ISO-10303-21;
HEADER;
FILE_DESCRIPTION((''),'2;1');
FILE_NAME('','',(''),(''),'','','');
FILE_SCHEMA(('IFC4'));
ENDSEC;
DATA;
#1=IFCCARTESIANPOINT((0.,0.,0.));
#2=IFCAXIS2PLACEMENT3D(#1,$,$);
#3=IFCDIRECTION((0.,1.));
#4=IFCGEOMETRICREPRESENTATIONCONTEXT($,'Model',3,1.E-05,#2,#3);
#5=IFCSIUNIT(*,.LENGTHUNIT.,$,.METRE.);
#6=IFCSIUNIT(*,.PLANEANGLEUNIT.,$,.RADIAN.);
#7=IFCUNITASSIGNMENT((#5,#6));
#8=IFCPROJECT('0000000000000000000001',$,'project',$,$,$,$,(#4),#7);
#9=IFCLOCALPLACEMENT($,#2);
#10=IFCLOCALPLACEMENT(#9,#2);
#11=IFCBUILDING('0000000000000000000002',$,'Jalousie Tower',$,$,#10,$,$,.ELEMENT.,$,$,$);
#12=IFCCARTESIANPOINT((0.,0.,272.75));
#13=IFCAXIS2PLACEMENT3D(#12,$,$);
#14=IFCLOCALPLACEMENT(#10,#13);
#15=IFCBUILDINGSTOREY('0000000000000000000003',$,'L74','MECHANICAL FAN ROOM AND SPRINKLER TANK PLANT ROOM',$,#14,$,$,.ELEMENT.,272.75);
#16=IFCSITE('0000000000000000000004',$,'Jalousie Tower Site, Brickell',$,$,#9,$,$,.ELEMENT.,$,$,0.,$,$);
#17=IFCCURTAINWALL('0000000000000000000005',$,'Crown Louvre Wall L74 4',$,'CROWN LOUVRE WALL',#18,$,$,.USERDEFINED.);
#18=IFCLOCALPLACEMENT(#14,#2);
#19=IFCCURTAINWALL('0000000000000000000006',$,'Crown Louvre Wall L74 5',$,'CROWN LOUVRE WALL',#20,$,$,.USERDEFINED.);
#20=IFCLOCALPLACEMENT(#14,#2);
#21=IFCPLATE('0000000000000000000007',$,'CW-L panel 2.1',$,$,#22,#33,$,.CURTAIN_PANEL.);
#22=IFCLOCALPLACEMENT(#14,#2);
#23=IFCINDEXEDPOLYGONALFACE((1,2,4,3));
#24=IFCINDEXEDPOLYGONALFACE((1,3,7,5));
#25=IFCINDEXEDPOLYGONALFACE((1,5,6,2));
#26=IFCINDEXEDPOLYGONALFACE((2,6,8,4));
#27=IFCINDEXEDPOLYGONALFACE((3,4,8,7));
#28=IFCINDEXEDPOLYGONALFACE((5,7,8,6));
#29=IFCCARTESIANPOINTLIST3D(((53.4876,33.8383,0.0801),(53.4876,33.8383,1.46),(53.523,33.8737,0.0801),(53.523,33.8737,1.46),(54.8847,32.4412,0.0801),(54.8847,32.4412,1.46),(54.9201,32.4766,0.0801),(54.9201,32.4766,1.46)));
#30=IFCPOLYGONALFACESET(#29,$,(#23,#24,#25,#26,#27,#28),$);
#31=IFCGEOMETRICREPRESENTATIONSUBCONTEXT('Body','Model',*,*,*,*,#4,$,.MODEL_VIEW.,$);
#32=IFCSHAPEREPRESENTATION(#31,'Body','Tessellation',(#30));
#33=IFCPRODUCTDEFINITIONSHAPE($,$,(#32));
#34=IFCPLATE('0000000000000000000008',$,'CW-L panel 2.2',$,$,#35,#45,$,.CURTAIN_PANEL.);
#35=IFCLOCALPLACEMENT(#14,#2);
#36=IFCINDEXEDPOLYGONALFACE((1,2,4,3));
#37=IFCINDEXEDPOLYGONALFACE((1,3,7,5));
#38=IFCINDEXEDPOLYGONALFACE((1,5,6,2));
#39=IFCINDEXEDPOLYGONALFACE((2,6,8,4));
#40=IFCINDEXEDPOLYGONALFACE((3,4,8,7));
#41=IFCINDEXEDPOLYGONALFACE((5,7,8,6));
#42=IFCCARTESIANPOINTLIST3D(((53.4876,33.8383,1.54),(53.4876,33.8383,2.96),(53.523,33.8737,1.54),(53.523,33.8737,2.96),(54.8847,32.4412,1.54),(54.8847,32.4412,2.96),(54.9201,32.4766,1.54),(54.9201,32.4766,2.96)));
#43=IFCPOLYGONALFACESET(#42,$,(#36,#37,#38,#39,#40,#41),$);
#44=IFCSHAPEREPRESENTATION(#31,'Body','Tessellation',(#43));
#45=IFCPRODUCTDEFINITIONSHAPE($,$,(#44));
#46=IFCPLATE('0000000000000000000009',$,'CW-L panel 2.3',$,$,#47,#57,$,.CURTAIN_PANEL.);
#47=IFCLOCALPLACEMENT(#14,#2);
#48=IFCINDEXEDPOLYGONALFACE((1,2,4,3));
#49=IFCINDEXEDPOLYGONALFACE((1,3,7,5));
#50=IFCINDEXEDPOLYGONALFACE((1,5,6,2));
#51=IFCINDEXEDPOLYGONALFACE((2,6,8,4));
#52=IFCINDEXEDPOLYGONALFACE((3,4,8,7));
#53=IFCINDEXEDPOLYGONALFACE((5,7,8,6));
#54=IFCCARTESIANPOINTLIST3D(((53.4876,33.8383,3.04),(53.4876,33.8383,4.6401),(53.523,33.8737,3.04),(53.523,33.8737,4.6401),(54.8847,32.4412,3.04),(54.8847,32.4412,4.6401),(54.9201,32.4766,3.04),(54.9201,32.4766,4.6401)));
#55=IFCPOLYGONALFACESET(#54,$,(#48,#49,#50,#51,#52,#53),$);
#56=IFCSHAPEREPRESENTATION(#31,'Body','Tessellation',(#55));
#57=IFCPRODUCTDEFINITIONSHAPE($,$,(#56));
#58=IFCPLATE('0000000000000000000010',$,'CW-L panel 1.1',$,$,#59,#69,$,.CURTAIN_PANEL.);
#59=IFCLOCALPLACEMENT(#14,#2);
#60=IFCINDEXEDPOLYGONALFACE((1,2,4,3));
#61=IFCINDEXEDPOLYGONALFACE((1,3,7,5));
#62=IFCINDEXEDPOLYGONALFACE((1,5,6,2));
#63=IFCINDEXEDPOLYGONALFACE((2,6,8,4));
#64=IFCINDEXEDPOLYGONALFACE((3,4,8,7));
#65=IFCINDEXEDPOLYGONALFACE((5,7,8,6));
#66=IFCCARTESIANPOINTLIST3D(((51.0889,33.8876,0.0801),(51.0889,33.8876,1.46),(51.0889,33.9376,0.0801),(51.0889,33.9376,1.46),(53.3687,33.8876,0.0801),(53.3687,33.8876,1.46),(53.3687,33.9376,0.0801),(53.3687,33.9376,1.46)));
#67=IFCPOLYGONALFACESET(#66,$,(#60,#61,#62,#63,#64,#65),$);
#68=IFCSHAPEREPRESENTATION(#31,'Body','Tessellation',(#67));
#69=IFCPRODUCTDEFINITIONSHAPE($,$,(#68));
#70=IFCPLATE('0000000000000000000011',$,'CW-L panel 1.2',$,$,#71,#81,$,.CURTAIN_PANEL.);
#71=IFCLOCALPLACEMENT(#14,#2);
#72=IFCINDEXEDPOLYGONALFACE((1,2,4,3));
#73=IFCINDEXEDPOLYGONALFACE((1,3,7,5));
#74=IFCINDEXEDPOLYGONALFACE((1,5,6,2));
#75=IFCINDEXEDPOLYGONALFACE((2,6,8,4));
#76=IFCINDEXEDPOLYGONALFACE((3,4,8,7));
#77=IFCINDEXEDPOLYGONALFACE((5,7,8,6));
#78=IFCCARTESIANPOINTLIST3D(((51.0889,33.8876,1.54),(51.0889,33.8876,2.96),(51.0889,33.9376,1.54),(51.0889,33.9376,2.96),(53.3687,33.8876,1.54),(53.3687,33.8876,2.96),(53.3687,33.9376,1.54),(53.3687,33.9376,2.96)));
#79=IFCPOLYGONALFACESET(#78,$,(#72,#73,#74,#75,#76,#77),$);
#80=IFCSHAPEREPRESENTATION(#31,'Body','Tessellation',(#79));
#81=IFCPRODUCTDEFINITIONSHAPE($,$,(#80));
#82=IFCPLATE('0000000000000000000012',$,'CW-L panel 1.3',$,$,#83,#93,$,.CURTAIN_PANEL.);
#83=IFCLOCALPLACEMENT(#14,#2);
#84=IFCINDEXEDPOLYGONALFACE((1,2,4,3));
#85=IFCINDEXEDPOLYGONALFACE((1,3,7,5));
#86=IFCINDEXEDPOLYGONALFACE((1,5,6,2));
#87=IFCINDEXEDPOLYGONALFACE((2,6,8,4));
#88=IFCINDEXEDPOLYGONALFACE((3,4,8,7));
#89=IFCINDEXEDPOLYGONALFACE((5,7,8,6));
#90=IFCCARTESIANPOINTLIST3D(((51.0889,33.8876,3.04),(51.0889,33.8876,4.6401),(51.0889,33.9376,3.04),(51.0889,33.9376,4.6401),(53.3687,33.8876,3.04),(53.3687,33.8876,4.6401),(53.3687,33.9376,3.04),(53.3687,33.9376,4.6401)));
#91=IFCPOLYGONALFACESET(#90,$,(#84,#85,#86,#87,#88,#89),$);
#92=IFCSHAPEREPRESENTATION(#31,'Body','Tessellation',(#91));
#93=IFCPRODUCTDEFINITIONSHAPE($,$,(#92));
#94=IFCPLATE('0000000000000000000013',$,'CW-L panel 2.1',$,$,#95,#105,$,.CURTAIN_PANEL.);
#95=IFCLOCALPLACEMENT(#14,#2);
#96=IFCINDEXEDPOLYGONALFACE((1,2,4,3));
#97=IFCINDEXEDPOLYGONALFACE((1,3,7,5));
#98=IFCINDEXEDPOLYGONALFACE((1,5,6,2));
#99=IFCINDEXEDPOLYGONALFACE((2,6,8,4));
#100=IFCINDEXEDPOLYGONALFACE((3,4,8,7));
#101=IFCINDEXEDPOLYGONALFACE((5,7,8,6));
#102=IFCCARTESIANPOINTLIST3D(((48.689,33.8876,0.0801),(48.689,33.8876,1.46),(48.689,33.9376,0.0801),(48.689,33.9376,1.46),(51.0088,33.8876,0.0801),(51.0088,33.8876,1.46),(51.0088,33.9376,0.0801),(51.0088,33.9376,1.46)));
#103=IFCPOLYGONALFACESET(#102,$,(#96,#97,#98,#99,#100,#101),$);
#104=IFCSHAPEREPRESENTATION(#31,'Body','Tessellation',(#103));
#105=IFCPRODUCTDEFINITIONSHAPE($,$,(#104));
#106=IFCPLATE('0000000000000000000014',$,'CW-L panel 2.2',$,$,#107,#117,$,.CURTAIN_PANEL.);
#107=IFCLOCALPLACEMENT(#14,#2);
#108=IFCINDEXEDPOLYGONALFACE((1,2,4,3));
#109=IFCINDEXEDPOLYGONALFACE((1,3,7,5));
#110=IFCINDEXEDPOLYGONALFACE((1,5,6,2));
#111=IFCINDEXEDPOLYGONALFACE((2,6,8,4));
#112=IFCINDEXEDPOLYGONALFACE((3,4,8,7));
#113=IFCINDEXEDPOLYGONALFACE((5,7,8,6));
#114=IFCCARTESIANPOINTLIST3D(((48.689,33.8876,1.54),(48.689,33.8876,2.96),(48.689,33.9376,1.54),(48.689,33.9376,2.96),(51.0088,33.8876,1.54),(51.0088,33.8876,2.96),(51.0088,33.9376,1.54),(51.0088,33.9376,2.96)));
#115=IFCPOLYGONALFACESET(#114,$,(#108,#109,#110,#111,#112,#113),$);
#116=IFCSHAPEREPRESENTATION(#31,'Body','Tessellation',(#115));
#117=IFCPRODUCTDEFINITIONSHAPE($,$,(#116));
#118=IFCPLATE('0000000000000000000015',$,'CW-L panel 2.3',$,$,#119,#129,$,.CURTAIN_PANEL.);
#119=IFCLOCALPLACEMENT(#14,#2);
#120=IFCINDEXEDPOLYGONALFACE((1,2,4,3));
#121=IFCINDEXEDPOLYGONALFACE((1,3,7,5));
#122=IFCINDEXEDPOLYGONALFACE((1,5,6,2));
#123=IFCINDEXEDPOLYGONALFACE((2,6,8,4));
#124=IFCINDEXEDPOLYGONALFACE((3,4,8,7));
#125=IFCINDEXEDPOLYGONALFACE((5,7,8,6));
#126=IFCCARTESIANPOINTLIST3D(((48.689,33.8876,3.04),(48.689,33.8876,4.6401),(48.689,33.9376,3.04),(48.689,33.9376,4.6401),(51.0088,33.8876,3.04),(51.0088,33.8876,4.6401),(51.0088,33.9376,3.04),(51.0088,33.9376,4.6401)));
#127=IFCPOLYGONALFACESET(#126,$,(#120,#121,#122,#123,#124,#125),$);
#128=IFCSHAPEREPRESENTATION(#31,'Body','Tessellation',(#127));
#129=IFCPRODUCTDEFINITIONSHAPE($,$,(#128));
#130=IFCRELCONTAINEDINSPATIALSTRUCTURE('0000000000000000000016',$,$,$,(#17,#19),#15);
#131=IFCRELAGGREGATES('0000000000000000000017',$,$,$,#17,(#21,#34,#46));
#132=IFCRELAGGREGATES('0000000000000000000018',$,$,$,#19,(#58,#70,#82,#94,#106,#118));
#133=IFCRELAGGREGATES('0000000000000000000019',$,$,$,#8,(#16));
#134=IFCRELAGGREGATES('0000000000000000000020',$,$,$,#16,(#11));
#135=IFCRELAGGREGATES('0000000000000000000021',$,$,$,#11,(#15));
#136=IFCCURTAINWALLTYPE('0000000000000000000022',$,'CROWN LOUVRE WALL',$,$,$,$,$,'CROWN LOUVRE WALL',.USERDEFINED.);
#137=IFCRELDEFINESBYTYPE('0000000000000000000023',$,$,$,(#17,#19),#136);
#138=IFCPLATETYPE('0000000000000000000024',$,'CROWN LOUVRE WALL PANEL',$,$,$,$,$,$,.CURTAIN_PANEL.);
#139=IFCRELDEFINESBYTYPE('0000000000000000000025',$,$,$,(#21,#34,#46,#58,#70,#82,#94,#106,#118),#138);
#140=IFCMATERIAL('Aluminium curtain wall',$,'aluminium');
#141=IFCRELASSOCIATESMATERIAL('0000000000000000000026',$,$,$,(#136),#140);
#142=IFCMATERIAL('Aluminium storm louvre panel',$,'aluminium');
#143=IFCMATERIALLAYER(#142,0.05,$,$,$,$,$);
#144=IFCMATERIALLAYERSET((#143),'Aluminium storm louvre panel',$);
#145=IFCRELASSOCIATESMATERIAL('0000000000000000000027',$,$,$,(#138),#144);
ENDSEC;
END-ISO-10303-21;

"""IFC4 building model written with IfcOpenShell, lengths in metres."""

from ifc_helpers import new_model, si_unit, direction, frame, origin, origin_2d, place, context, subcontext, project, spatial, rectangle, extrude, material, layer, layer_set, type_object, element, aggregate, save


model = new_model("IFC4")

# Units and contexts
model_context = context("Model", 3, precision=1e-05, world=origin(), true_north=direction((0.0, 1.0)))
body_context = subcontext(model_context, "Body", "Model", "MODEL_VIEW")
ifc_project = project(units=[si_unit("LENGTHUNIT", "METRE"), si_unit("PLANEANGLEUNIT", "RADIAN")], contexts=[model_context])

# Site, building, storey
site_placement = place(None, origin())
site = spatial("IfcSite", under=ifc_project, at=site_placement, Name="Jalousie Tower Site, Brickell", CompositionType="ELEMENT", RefElevation=0.0)
building_placement = place(site_placement, origin())
building = spatial("IfcBuilding", under=site, at=building_placement, Name="Jalousie Tower", CompositionType="ELEMENT")
storey_placement = place(building_placement, frame((0.0, 0.0, 272.75)))
storey = spatial("IfcBuildingStorey", under=building, at=storey_placement, Name="L74", Description="MECHANICAL FAN ROOM AND SPRINKLER TANK PLANT ROOM", CompositionType="ELEMENT", Elevation=272.75)

# Curtain wall
ifc_material_1 = material(Name="Aluminium curtain wall", Category="aluminium")
curtain_wall_type = type_object("IfcCurtainWallType", Name="CROWN LOUVRE WALL", ElementType="CROWN LOUVRE WALL", PredefinedType="USERDEFINED", material=ifc_material_1)
curtain_wall_1_placement = place(storey_placement, origin())
curtain_wall_1 = element("IfcCurtainWall", 1, at=curtain_wall_1_placement, inside=storey, type_object=curtain_wall_type, Name="Crown Louvre Wall L74 4", ObjectType="CROWN LOUVRE WALL", PredefinedType="USERDEFINED")

# Curtain wall
curtain_wall_2_placement = place(storey_placement, origin())
curtain_wall_2 = element("IfcCurtainWall", 2, at=curtain_wall_2_placement, inside=storey, type_object=curtain_wall_type, Name="Crown Louvre Wall L74 5", ObjectType="CROWN LOUVRE WALL", PredefinedType="USERDEFINED")

# Plates
ifc_material_2 = material(Name="Aluminium storm louvre panel", Category="aluminium")
ifc_layer = layer(ifc_material_2, 0.05)
ifc_layer_set = layer_set([ifc_layer], Name="Aluminium storm louvre panel")
plate_type = type_object("IfcPlateType", Name="CROWN LOUVRE WALL PANEL", PredefinedType="CURTAIN_PANEL", material=ifc_layer_set)
plate_1_placement = place(storey_placement, frame((54.2039, 33.1575, 0.0801), z_axis=(0.0, 0.0, 1.0), x_axis=(-0.707107, 0.707107, 0.0)))
plate_1 = element("IfcPlate", 3, at=plate_1_placement, type_object=plate_type, Name="CW-L panel 2.1", PredefinedType="CURTAIN_PANEL", context=body_context, shape_type="SweptSolid", body=[
    extrude(rectangle(XDim=1.9758, YDim=0.05, at=origin_2d()), origin(), (0.0, 0.0, 1.0), 1.3799),
])
plate_2_placement = place(storey_placement, frame((54.2039, 33.1575, 1.54), z_axis=(0.0, 0.0, 1.0), x_axis=(-0.707107, 0.707107, 0.0)))
plate_2 = element("IfcPlate", 4, at=plate_2_placement, type_object=plate_type, Name="CW-L panel 2.2", PredefinedType="CURTAIN_PANEL", context=body_context, shape_type="SweptSolid", body=[
    extrude(rectangle(XDim=1.9758, YDim=0.05, at=origin_2d()), origin(), (0.0, 0.0, 1.0), 1.4199),
])
plate_3_placement = place(storey_placement, frame((54.2039, 33.1575, 3.04), z_axis=(0.0, 0.0, 1.0), x_axis=(-0.707107, 0.707107, 0.0)))
plate_3 = element("IfcPlate", 5, at=plate_3_placement, type_object=plate_type, Name="CW-L panel 2.3", PredefinedType="CURTAIN_PANEL", context=body_context, shape_type="SweptSolid", body=[
    extrude(rectangle(XDim=1.9758, YDim=0.05, at=origin_2d()), origin(), (0.0, 0.0, 1.0), 1.6001),
])
aggregate(curtain_wall_1, [plate_1, plate_2, plate_3])
plate_4_placement = place(storey_placement, frame((52.2288, 33.9126, 0.0801), z_axis=(0.0, 0.0, 1.0), x_axis=(-1.0, 0.0, 0.0)))
plate_4 = element("IfcPlate", 6, at=plate_4_placement, type_object=plate_type, Name="CW-L panel 1.1", PredefinedType="CURTAIN_PANEL", context=body_context, shape_type="SweptSolid", body=[
    extrude(rectangle(XDim=2.2798, YDim=0.05, at=origin_2d()), origin(), (0.0, 0.0, 1.0), 1.3799),
])
plate_5_placement = place(storey_placement, frame((52.2288, 33.9126, 1.54), z_axis=(0.0, 0.0, 1.0), x_axis=(-1.0, 0.0, 0.0)))
plate_5 = element("IfcPlate", 7, at=plate_5_placement, type_object=plate_type, Name="CW-L panel 1.2", PredefinedType="CURTAIN_PANEL", context=body_context, shape_type="SweptSolid", body=[
    extrude(rectangle(XDim=2.2798, YDim=0.05, at=origin_2d()), origin(), (0.0, 0.0, 1.0), 1.4199),
])
plate_6_placement = place(storey_placement, frame((52.2288, 33.9126, 3.04), z_axis=(0.0, 0.0, 1.0), x_axis=(-1.0, 0.0, 0.0)))
plate_6 = element("IfcPlate", 8, at=plate_6_placement, type_object=plate_type, Name="CW-L panel 1.3", PredefinedType="CURTAIN_PANEL", context=body_context, shape_type="SweptSolid", body=[
    extrude(rectangle(XDim=2.2798, YDim=0.05, at=origin_2d()), origin(), (0.0, 0.0, 1.0), 1.6001),
])
plate_7_placement = place(storey_placement, frame((49.8489, 33.9126, 0.0801), z_axis=(0.0, 0.0, 1.0), x_axis=(-1.0, 0.0, 0.0)))
plate_7 = element("IfcPlate", 9, at=plate_7_placement, type_object=plate_type, Name="CW-L panel 2.1", PredefinedType="CURTAIN_PANEL", context=body_context, shape_type="SweptSolid", body=[
    extrude(rectangle(XDim=2.3198, YDim=0.05, at=origin_2d()), origin(), (0.0, 0.0, 1.0), 1.3799),
])
plate_8_placement = place(storey_placement, frame((49.8489, 33.9126, 1.54), z_axis=(0.0, 0.0, 1.0), x_axis=(-1.0, 0.0, 0.0)))
plate_8 = element("IfcPlate", 10, at=plate_8_placement, type_object=plate_type, Name="CW-L panel 2.2", PredefinedType="CURTAIN_PANEL", context=body_context, shape_type="SweptSolid", body=[
    extrude(rectangle(XDim=2.3198, YDim=0.05, at=origin_2d()), origin(), (0.0, 0.0, 1.0), 1.4199),
])
plate_9_placement = place(storey_placement, frame((49.8489, 33.9126, 3.04), z_axis=(0.0, 0.0, 1.0), x_axis=(-1.0, 0.0, 0.0)))
plate_9 = element("IfcPlate", 11, at=plate_9_placement, type_object=plate_type, Name="CW-L panel 2.3", PredefinedType="CURTAIN_PANEL", context=body_context, shape_type="SweptSolid", body=[
    extrude(rectangle(XDim=2.3198, YDim=0.05, at=origin_2d()), origin(), (0.0, 0.0, 1.0), 1.6001),
])
aggregate(curtain_wall_2, [plate_4, plate_5, plate_6, plate_7, plate_8, plate_9])

save(model, "model.ifc")
